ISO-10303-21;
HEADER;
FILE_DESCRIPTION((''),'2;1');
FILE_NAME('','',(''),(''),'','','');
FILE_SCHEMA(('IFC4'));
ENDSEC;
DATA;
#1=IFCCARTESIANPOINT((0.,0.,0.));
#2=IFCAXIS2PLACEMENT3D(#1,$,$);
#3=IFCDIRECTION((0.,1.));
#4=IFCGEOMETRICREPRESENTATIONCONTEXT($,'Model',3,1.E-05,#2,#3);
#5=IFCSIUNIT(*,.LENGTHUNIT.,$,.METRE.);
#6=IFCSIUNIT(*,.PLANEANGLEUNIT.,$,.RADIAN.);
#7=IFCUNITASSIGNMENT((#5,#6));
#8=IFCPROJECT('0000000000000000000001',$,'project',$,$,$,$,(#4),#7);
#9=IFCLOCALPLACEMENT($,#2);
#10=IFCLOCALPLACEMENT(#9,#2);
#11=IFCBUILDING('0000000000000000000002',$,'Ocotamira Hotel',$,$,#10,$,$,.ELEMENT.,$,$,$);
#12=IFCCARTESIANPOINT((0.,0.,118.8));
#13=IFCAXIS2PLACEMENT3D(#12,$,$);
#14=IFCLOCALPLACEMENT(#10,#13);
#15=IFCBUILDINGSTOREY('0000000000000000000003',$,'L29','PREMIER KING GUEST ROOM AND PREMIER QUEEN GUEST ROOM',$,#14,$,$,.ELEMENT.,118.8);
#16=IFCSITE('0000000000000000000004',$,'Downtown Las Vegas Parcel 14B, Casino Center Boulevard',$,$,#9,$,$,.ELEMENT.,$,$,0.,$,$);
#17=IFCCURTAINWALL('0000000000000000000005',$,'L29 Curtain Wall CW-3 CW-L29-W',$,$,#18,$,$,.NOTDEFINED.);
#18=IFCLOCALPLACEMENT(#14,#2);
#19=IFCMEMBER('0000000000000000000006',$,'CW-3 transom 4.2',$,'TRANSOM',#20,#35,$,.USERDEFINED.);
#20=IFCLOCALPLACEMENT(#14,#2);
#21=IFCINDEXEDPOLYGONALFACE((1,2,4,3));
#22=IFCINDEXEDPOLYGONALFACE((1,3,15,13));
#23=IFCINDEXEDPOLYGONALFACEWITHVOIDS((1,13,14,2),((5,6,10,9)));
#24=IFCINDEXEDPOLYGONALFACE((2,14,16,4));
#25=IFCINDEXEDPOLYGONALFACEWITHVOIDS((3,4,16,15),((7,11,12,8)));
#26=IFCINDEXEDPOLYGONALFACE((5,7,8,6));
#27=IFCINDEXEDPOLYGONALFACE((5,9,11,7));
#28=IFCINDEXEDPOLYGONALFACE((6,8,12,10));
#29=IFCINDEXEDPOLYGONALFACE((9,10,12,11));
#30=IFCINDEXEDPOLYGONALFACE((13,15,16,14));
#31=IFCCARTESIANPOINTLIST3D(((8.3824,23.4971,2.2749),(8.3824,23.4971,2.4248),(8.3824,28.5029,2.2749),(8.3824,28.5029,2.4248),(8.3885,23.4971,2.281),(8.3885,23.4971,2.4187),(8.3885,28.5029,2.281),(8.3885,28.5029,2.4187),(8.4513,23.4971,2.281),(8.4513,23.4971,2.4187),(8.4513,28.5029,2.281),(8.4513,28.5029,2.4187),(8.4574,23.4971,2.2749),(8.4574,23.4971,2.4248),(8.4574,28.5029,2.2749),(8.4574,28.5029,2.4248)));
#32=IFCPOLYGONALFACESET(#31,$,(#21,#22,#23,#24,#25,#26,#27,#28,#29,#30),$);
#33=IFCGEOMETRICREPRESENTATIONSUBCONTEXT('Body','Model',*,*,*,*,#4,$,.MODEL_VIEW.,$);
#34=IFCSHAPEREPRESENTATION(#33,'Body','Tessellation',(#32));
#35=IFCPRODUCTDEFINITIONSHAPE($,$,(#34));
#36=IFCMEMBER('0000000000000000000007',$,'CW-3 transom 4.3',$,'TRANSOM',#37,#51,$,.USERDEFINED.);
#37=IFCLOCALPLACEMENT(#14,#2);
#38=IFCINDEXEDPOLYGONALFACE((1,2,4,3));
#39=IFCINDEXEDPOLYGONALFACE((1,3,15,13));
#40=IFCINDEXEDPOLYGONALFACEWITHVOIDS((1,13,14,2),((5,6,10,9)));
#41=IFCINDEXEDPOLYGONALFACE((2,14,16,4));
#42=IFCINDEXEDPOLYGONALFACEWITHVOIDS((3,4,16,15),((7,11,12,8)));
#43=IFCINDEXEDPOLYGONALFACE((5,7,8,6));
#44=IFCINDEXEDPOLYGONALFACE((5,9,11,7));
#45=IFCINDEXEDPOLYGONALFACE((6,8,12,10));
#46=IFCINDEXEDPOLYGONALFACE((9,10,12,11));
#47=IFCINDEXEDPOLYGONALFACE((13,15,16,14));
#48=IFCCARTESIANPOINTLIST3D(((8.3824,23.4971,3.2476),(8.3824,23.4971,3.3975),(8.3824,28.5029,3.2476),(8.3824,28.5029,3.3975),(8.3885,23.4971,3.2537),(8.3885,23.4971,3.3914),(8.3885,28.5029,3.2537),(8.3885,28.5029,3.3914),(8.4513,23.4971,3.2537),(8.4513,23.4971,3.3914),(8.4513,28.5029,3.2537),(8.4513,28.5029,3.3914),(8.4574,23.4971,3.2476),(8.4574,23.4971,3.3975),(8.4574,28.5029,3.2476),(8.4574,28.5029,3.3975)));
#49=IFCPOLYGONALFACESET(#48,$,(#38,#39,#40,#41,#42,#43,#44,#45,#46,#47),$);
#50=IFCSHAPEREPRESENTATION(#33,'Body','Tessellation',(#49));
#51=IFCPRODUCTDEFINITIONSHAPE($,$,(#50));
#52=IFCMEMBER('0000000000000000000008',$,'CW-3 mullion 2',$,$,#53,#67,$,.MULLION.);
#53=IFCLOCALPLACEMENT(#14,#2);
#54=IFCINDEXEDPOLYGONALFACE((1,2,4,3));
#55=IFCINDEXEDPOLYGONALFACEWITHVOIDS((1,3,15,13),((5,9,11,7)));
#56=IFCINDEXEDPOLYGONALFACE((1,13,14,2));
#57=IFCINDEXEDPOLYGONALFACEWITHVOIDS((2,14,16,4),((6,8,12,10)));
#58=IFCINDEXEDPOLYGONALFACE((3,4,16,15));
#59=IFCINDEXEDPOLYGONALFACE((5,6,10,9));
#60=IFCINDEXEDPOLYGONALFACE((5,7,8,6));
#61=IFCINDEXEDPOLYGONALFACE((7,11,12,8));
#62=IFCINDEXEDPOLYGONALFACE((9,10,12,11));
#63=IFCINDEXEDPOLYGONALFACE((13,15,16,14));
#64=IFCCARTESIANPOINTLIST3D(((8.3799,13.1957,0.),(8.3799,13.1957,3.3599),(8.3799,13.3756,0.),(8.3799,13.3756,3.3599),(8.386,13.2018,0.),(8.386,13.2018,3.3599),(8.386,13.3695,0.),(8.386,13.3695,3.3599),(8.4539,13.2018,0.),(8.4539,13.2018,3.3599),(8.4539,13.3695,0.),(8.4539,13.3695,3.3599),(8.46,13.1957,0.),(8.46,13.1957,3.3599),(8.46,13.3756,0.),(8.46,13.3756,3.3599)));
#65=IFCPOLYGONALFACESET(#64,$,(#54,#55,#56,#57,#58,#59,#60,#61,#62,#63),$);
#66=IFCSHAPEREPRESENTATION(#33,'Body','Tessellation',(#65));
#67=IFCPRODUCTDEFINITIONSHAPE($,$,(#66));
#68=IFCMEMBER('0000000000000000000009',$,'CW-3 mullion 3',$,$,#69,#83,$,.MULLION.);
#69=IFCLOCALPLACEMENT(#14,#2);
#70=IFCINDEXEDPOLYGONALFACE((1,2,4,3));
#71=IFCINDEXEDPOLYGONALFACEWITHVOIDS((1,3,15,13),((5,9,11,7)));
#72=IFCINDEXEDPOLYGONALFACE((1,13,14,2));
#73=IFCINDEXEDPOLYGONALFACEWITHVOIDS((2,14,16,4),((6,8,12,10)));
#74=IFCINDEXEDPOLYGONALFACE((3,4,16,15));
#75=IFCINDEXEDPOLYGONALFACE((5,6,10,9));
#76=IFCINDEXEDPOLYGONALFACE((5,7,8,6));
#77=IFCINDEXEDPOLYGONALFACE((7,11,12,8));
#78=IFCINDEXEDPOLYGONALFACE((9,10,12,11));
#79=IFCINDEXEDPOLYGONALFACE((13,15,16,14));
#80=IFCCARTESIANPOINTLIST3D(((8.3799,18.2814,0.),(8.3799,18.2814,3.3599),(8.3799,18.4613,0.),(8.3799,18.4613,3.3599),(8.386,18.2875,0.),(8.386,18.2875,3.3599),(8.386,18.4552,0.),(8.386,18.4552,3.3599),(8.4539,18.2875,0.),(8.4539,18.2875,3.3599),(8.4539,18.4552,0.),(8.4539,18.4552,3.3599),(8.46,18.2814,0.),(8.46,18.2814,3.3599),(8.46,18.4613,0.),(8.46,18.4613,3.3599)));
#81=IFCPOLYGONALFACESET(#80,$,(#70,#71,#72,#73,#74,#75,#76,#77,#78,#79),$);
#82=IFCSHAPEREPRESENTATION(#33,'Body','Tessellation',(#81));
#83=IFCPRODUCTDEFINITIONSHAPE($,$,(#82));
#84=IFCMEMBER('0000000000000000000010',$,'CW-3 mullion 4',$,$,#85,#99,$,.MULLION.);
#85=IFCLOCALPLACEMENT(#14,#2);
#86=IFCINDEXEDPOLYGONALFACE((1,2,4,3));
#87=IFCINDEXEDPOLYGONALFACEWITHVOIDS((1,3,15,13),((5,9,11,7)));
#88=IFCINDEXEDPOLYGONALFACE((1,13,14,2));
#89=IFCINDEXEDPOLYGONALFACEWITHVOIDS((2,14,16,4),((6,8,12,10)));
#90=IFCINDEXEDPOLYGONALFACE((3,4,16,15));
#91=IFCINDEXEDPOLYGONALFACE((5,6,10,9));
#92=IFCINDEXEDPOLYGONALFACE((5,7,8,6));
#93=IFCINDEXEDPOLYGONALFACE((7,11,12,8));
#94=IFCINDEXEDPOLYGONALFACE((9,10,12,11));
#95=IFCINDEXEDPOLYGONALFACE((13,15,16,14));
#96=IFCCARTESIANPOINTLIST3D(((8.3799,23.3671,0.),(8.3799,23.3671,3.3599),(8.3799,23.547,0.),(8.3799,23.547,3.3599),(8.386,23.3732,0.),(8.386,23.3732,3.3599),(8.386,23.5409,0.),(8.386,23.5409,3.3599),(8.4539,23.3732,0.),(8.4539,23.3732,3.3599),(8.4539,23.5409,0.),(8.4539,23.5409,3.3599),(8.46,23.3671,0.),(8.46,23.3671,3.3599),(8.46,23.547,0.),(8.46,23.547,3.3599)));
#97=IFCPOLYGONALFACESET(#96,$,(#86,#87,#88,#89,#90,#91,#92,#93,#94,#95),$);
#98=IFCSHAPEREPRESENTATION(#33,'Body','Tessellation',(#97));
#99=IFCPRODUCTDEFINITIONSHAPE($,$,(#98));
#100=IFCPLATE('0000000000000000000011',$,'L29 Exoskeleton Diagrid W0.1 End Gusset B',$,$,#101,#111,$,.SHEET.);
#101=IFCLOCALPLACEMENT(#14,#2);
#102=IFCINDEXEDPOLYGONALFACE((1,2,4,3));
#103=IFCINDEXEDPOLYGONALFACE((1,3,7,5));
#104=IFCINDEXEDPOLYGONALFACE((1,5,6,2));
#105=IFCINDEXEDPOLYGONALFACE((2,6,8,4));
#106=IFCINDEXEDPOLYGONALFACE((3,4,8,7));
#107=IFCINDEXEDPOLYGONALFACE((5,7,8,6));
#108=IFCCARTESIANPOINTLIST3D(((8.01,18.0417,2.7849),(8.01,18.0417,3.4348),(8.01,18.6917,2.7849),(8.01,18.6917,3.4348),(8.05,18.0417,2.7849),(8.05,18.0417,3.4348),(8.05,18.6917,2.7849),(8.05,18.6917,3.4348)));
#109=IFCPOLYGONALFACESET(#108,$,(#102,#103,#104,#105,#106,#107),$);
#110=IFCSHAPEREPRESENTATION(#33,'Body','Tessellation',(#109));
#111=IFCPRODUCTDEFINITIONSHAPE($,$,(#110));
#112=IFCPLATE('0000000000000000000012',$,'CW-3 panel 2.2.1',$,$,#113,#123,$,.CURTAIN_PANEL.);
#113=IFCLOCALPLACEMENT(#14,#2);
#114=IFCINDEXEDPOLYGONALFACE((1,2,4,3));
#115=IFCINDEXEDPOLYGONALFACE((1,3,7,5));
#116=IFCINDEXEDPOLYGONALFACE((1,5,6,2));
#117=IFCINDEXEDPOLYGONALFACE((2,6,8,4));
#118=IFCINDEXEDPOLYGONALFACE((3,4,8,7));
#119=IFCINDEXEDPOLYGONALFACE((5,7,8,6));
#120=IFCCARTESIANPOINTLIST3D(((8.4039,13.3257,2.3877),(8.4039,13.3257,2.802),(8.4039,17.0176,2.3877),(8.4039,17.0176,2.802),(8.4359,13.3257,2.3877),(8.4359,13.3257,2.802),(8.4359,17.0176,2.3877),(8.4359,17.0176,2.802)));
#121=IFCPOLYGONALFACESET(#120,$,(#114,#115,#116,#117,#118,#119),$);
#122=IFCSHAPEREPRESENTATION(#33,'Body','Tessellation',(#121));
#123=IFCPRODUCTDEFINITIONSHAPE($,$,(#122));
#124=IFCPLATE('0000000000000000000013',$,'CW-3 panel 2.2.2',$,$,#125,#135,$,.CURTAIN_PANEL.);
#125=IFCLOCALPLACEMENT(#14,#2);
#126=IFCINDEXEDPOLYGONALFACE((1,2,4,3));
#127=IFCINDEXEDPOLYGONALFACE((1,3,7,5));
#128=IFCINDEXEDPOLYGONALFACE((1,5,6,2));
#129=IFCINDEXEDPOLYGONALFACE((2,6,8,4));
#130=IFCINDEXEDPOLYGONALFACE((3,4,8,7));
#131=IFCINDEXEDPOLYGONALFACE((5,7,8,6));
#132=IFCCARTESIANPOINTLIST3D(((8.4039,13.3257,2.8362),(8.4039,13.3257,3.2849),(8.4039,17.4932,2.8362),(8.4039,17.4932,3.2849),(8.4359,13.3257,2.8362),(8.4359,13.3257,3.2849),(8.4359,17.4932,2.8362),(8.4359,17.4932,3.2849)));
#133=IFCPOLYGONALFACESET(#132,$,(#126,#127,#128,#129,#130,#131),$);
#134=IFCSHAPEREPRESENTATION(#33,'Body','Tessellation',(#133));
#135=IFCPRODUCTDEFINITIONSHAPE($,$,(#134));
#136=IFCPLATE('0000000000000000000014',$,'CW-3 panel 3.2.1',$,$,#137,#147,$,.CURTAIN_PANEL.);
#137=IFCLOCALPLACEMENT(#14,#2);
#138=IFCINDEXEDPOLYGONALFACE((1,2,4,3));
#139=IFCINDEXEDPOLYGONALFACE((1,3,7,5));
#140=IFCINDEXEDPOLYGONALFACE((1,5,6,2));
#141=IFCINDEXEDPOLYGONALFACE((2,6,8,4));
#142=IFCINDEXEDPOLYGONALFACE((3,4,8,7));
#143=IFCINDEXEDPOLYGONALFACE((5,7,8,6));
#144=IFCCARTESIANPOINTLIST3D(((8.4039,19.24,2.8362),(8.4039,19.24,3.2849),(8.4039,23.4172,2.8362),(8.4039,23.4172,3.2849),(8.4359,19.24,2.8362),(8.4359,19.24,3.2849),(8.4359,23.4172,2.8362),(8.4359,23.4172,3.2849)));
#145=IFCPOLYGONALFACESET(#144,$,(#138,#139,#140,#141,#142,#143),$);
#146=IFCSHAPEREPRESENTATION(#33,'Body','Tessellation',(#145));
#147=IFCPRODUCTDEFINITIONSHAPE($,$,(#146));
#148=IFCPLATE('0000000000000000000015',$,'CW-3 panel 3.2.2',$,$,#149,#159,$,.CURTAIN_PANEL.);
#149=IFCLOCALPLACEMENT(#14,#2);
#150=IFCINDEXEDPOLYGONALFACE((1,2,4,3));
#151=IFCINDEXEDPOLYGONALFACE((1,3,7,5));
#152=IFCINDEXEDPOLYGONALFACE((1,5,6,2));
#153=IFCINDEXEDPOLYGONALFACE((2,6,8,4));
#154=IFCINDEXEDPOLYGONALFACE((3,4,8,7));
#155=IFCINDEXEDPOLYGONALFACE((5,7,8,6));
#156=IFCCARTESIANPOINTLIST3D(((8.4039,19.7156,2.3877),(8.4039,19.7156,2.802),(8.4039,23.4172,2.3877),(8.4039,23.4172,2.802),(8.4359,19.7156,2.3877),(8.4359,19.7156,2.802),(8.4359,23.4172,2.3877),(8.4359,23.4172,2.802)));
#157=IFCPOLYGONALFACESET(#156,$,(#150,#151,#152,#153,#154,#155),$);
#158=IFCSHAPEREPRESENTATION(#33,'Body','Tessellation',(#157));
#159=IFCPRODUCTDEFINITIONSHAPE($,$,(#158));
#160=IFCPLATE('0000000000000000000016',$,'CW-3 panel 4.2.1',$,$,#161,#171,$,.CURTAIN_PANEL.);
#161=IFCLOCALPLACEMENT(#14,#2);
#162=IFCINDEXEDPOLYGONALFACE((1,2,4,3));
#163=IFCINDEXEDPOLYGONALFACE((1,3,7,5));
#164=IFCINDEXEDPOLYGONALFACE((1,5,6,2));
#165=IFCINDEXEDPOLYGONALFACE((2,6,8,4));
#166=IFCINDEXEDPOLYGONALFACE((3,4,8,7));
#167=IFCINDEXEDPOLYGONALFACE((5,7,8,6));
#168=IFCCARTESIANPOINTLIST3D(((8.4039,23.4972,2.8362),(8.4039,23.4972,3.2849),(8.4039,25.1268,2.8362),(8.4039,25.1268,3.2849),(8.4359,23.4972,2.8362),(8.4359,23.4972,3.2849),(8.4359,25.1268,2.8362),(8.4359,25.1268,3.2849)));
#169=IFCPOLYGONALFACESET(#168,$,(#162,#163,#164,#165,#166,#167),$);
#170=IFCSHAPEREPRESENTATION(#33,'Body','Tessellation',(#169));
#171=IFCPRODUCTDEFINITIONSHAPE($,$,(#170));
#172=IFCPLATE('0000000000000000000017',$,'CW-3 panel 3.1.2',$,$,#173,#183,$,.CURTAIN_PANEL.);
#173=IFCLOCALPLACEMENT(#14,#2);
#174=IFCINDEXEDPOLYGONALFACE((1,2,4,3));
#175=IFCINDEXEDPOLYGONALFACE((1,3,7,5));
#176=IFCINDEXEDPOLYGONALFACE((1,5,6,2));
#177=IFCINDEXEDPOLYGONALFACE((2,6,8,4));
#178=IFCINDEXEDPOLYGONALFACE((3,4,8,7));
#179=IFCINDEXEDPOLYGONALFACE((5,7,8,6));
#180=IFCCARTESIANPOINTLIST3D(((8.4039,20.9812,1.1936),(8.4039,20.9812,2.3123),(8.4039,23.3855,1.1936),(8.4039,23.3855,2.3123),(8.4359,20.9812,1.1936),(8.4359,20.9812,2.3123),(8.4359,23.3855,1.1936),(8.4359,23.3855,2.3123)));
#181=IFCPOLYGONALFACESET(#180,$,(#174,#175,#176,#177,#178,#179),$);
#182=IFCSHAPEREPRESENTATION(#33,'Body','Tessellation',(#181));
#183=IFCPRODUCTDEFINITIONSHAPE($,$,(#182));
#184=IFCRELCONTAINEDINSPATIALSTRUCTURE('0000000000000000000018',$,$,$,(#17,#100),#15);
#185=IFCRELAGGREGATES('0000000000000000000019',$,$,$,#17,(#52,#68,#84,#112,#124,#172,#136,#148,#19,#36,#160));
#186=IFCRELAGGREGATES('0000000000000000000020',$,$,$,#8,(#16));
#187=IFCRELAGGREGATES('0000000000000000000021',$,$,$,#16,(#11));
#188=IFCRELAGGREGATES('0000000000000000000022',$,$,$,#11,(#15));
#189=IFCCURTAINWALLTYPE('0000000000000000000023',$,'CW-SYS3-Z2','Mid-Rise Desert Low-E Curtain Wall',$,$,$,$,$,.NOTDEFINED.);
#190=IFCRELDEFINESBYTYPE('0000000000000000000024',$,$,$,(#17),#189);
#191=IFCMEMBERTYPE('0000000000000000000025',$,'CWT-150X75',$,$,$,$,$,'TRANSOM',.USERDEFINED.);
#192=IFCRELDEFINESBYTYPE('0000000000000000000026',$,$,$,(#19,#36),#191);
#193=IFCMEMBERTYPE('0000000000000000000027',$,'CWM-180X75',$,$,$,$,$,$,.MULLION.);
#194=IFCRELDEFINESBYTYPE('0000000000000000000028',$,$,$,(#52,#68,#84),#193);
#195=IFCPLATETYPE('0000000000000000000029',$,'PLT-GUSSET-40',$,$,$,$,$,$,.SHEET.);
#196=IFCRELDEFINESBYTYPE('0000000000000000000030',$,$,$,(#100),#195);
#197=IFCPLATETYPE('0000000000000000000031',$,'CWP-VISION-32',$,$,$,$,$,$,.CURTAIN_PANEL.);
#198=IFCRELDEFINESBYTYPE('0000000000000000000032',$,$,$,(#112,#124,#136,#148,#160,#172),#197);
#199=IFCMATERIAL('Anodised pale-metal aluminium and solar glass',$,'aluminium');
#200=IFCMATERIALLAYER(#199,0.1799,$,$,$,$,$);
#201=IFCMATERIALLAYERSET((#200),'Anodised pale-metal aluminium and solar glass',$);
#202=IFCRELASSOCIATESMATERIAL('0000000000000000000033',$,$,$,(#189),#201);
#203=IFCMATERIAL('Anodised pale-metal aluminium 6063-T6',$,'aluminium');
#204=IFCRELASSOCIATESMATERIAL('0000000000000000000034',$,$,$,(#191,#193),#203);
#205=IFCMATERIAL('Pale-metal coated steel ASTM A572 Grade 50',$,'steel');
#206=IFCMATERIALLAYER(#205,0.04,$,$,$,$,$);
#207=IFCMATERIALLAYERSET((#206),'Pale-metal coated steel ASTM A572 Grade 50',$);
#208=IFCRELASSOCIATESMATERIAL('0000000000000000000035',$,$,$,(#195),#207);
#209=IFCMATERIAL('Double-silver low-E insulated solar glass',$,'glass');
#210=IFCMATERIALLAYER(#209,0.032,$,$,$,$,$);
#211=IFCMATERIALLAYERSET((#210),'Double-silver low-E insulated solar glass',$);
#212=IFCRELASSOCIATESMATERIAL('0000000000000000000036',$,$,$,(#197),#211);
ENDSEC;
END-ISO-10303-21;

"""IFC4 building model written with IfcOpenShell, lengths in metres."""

from ifc_helpers import new_model, si_unit, direction, frame, origin, origin_2d, place, context, subcontext, project, spatial, rectangle, hollow_rectangle, extrude, source, transform, mapped, material, layer, layer_set, material_profile, profile_set, type_object, element, aggregate, save


model = new_model("IFC4")

# Units and contexts
model_context = context("Model", 3, precision=1e-05, world=origin(), true_north=direction((0.0, 1.0)))
body_context = subcontext(model_context, "Body", "Model", "MODEL_VIEW")
ifc_project = project(units=[si_unit("LENGTHUNIT", "METRE"), si_unit("PLANEANGLEUNIT", "RADIAN")], contexts=[model_context])

# Site, building, storey
site_placement = place(None, origin())
site = spatial("IfcSite", under=ifc_project, at=site_placement, Name="Downtown Las Vegas Parcel 14B, Casino Center Boulevard", CompositionType="ELEMENT", RefElevation=0.0)
building_placement = place(site_placement, origin())
building = spatial("IfcBuilding", under=site, at=building_placement, Name="Ocotamira Hotel", CompositionType="ELEMENT")
storey_placement = place(building_placement, frame((0.0, 0.0, 118.8)))
storey = spatial("IfcBuildingStorey", under=building, at=storey_placement, Name="L29", Description="PREMIER KING GUEST ROOM AND PREMIER QUEEN GUEST ROOM", CompositionType="ELEMENT", Elevation=118.8)

# Curtain wall, members
ifc_material_1 = material(Name="Anodised pale-metal aluminium and solar glass", Category="aluminium")
ifc_layer_1 = layer(ifc_material_1, 0.1799)
ifc_layer_set_1 = layer_set([ifc_layer_1], Name="Anodised pale-metal aluminium and solar glass")
curtain_wall_type = type_object("IfcCurtainWallType", Name="CW-SYS3-Z2", Description="Mid-Rise Desert Low-E Curtain Wall", PredefinedType="NOTDEFINED", material=ifc_layer_set_1)
curtain_wall_placement = place(storey_placement, origin())
curtain_wall = element("IfcCurtainWall", 1, at=curtain_wall_placement, inside=storey, type_object=curtain_wall_type, Name="L29 Curtain Wall CW-3 CW-L29-W", PredefinedType="NOTDEFINED")
ifc_material_2 = material(Name="Anodised pale-metal aluminium 6063-T6", Category="aluminium")
ifc_material_profile_1 = material_profile(ifc_material_2, hollow_rectangle(XDim=0.075, YDim=0.1499, WallThickness=0.0061, at=origin_2d()), Name="HSS150X75X6")
ifc_profile_set_1 = profile_set([ifc_material_profile_1], Name="Anodised pale-metal aluminium 6063-T6")
member_type_1 = type_object("IfcMemberType", Name="CWT-150X75", ElementType="TRANSOM", PredefinedType="USERDEFINED", material=ifc_profile_set_1)
shared_shape_1 = source(origin(), body_context, "Body", "SweptSolid", [
    extrude(hollow_rectangle(XDim=0.075, YDim=0.1499, WallThickness=0.0061, at=origin_2d()), origin(), (0.0, 0.0, 1.0), 5.0059),
])
member_1_placement = place(storey_placement, frame((8.4199, 23.4971, 2.3499), z_axis=(0.0, 1.0, 0.0), x_axis=(-1.0, 0.0, 0.0)))
member_1 = element("IfcMember", 2, at=member_1_placement, type_object=member_type_1, Name="CW-3 transom 4.2", ObjectType="TRANSOM", PredefinedType="USERDEFINED", context=body_context, shape_type="MappedRepresentation", body=[
    mapped(shared_shape_1, transform((0.0, 0.0, 0.0), scale=1.0)),
])
member_2_placement = place(storey_placement, frame((8.4199, 23.4971, 3.3225), z_axis=(0.0, 1.0, 0.0), x_axis=(-1.0, 0.0, 0.0)))
member_2 = element("IfcMember", 3, at=member_2_placement, type_object=member_type_1, Name="CW-3 transom 4.3", ObjectType="TRANSOM", PredefinedType="USERDEFINED", context=body_context, shape_type="MappedRepresentation", body=[
    mapped(shared_shape_1, transform((0.0, 0.0, 0.0), scale=1.0)),
])
ifc_material_profile_2 = material_profile(ifc_material_2, hollow_rectangle(XDim=0.0801, YDim=0.1799, WallThickness=0.0061, at=origin_2d()), Name="HSS180X80X6")
ifc_profile_set_2 = profile_set([ifc_material_profile_2], Name="Anodised pale-metal aluminium 6063-T6")
member_type_2 = type_object("IfcMemberType", Name="CWM-180X75", PredefinedType="MULLION", material=ifc_profile_set_2)
shared_shape_2 = source(origin(), body_context, "Body", "SweptSolid", [
    extrude(hollow_rectangle(XDim=0.0801, YDim=0.1799, WallThickness=0.0061, at=origin_2d()), origin(), (0.0, 0.0, 1.0), 3.3599),
])
member_3_placement = place(storey_placement, frame((8.4199, 13.2856, 0.0), z_axis=(0.0, 0.0, 1.0), x_axis=(-1.0, 0.0, 0.0)))
member_3 = element("IfcMember", 4, at=member_3_placement, type_object=member_type_2, Name="CW-3 mullion 2", PredefinedType="MULLION", context=body_context, shape_type="MappedRepresentation", body=[
    mapped(shared_shape_2, transform((0.0, 0.0, 0.0), scale=1.0)),
])
member_4_placement = place(storey_placement, frame((8.4199, 18.3713, 0.0), z_axis=(0.0, 0.0, 1.0), x_axis=(-1.0, 0.0, 0.0)))
member_4 = element("IfcMember", 5, at=member_4_placement, type_object=member_type_2, Name="CW-3 mullion 3", PredefinedType="MULLION", context=body_context, shape_type="MappedRepresentation", body=[
    mapped(shared_shape_2, transform((0.0, 0.0, 0.0), scale=1.0)),
])
member_5_placement = place(storey_placement, frame((8.4199, 23.457, 0.0), z_axis=(0.0, 0.0, 1.0), x_axis=(-1.0, 0.0, 0.0)))
member_5 = element("IfcMember", 6, at=member_5_placement, type_object=member_type_2, Name="CW-3 mullion 4", PredefinedType="MULLION", context=body_context, shape_type="MappedRepresentation", body=[
    mapped(shared_shape_2, transform((0.0, 0.0, 0.0), scale=1.0)),
])

# Plates
ifc_material_3 = material(Name="Pale-metal coated steel ASTM A572 Grade 50", Category="steel")
ifc_layer_2 = layer(ifc_material_3, 0.04)
ifc_layer_set_2 = layer_set([ifc_layer_2], Name="Pale-metal coated steel ASTM A572 Grade 50")
plate_type_1 = type_object("IfcPlateType", Name="PLT-GUSSET-40", PredefinedType="SHEET", material=ifc_layer_set_2)
shared_shape_3 = source(origin(), body_context, "Body", "SweptSolid", [
    extrude(rectangle(XDim=0.04, YDim=0.6499, at=origin_2d()), origin(), (0.0, 0.0, 1.0), 0.6499),
])
plate_1_placement = place(storey_placement, frame((8.03, 18.3667, 2.7849), z_axis=(0.0, 0.0, 1.0), x_axis=(1.0, 0.0, 0.0)))
element("IfcPlate", 7, at=plate_1_placement, inside=storey, type_object=plate_type_1, Name="L29 Exoskeleton Diagrid W0.1 End Gusset B", PredefinedType="SHEET", context=body_context, shape_type="MappedRepresentation", body=[
    mapped(shared_shape_3, transform((0.0, 0.0, 0.0), scale=1.0)),
])
ifc_material_4 = material(Name="Double-silver low-E insulated solar glass", Category="glass")
ifc_layer_3 = layer(ifc_material_4, 0.032)
ifc_layer_set_3 = layer_set([ifc_layer_3], Name="Double-silver low-E insulated solar glass")
plate_type_2 = type_object("IfcPlateType", Name="CWP-VISION-32", PredefinedType="CURTAIN_PANEL", material=ifc_layer_set_3)
shared_shape_4 = source(origin(), body_context, "Body", "SweptSolid", [
    extrude(rectangle(XDim=3.6919, YDim=0.032, at=origin_2d()), origin(), (0.0, 0.0, 1.0), 0.4143),
])
plate_2_placement = place(storey_placement, frame((8.4199, 15.1716, 2.3877), z_axis=(0.0, 0.0, 1.0), x_axis=(0.0, 1.0, 0.0)))
plate_2 = element("IfcPlate", 8, at=plate_2_placement, type_object=plate_type_2, Name="CW-3 panel 2.2.1", PredefinedType="CURTAIN_PANEL", context=body_context, shape_type="MappedRepresentation", body=[
    mapped(shared_shape_4, transform((0.0, 0.0, 0.0), scale=1.0)),
])
shared_shape_5 = source(origin(), body_context, "Body", "SweptSolid", [
    extrude(rectangle(XDim=4.1675, YDim=0.032, at=origin_2d()), origin(), (0.0, 0.0, 1.0), 0.4487),
])
plate_3_placement = place(storey_placement, frame((8.4199, 15.4094, 2.8362), z_axis=(0.0, 0.0, 1.0), x_axis=(0.0, 1.0, 0.0)))
plate_3 = element("IfcPlate", 9, at=plate_3_placement, type_object=plate_type_2, Name="CW-3 panel 2.2.2", PredefinedType="CURTAIN_PANEL", context=body_context, shape_type="MappedRepresentation", body=[
    mapped(shared_shape_5, transform((0.0, 0.0, 0.0), scale=1.0)),
])
shared_shape_6 = source(origin(), body_context, "Body", "SweptSolid", [
    extrude(rectangle(XDim=4.1772, YDim=0.032, at=origin_2d()), origin(), (0.0, 0.0, 1.0), 0.4487),
])
plate_4_placement = place(storey_placement, frame((8.4199, 21.3286, 2.8362), z_axis=(0.0, 0.0, 1.0), x_axis=(0.0, 1.0, 0.0)))
plate_4 = element("IfcPlate", 10, at=plate_4_placement, type_object=plate_type_2, Name="CW-3 panel 3.2.1", PredefinedType="CURTAIN_PANEL", context=body_context, shape_type="MappedRepresentation", body=[
    mapped(shared_shape_6, transform((0.0, 0.0, 0.0), scale=1.0)),
])
shared_shape_7 = source(origin(), body_context, "Body", "SweptSolid", [
    extrude(rectangle(XDim=3.7017, YDim=0.032, at=origin_2d()), origin(), (0.0, 0.0, 1.0), 0.4143),
])
plate_5_placement = place(storey_placement, frame((8.4199, 21.5664, 2.3877), z_axis=(0.0, 0.0, 1.0), x_axis=(0.0, 1.0, 0.0)))
plate_5 = element("IfcPlate", 11, at=plate_5_placement, type_object=plate_type_2, Name="CW-3 panel 3.2.2", PredefinedType="CURTAIN_PANEL", context=body_context, shape_type="MappedRepresentation", body=[
    mapped(shared_shape_7, transform((0.0, 0.0, 0.0), scale=1.0)),
])
shared_shape_8 = source(origin(), body_context, "Body", "SweptSolid", [
    extrude(rectangle(XDim=1.6296, YDim=0.032, at=origin_2d()), origin(), (0.0, 0.0, 1.0), 0.4487),
])
plate_6_placement = place(storey_placement, frame((8.4199, 24.312, 2.8362), z_axis=(0.0, 0.0, 1.0), x_axis=(0.0, 1.0, 0.0)))
plate_6 = element("IfcPlate", 12, at=plate_6_placement, type_object=plate_type_2, Name="CW-3 panel 4.2.1", PredefinedType="CURTAIN_PANEL", context=body_context, shape_type="MappedRepresentation", body=[
    mapped(shared_shape_8, transform((0.0, 0.0, 0.0), scale=1.0)),
])
shared_shape_9 = source(origin(), body_context, "Body", "SweptSolid", [
    extrude(rectangle(XDim=2.4043, YDim=0.032, at=origin_2d()), origin(), (0.0, 0.0, 1.0), 1.1187),
])
plate_7_placement = place(storey_placement, frame((8.4199, 22.1833, 1.1936), z_axis=(0.0, 0.0, 1.0), x_axis=(0.0, 1.0, 0.0)))
plate_7 = element("IfcPlate", 13, at=plate_7_placement, type_object=plate_type_2, Name="CW-3 panel 3.1.2", PredefinedType="CURTAIN_PANEL", context=body_context, shape_type="MappedRepresentation", body=[
    mapped(shared_shape_9, transform((0.0, 0.0, 0.0), scale=1.0)),
])
aggregate(curtain_wall, [member_3, member_4, member_5, plate_2, plate_3, plate_7, plate_4, plate_5, member_1, member_2, plate_6])

save(model, "model.ifc")
